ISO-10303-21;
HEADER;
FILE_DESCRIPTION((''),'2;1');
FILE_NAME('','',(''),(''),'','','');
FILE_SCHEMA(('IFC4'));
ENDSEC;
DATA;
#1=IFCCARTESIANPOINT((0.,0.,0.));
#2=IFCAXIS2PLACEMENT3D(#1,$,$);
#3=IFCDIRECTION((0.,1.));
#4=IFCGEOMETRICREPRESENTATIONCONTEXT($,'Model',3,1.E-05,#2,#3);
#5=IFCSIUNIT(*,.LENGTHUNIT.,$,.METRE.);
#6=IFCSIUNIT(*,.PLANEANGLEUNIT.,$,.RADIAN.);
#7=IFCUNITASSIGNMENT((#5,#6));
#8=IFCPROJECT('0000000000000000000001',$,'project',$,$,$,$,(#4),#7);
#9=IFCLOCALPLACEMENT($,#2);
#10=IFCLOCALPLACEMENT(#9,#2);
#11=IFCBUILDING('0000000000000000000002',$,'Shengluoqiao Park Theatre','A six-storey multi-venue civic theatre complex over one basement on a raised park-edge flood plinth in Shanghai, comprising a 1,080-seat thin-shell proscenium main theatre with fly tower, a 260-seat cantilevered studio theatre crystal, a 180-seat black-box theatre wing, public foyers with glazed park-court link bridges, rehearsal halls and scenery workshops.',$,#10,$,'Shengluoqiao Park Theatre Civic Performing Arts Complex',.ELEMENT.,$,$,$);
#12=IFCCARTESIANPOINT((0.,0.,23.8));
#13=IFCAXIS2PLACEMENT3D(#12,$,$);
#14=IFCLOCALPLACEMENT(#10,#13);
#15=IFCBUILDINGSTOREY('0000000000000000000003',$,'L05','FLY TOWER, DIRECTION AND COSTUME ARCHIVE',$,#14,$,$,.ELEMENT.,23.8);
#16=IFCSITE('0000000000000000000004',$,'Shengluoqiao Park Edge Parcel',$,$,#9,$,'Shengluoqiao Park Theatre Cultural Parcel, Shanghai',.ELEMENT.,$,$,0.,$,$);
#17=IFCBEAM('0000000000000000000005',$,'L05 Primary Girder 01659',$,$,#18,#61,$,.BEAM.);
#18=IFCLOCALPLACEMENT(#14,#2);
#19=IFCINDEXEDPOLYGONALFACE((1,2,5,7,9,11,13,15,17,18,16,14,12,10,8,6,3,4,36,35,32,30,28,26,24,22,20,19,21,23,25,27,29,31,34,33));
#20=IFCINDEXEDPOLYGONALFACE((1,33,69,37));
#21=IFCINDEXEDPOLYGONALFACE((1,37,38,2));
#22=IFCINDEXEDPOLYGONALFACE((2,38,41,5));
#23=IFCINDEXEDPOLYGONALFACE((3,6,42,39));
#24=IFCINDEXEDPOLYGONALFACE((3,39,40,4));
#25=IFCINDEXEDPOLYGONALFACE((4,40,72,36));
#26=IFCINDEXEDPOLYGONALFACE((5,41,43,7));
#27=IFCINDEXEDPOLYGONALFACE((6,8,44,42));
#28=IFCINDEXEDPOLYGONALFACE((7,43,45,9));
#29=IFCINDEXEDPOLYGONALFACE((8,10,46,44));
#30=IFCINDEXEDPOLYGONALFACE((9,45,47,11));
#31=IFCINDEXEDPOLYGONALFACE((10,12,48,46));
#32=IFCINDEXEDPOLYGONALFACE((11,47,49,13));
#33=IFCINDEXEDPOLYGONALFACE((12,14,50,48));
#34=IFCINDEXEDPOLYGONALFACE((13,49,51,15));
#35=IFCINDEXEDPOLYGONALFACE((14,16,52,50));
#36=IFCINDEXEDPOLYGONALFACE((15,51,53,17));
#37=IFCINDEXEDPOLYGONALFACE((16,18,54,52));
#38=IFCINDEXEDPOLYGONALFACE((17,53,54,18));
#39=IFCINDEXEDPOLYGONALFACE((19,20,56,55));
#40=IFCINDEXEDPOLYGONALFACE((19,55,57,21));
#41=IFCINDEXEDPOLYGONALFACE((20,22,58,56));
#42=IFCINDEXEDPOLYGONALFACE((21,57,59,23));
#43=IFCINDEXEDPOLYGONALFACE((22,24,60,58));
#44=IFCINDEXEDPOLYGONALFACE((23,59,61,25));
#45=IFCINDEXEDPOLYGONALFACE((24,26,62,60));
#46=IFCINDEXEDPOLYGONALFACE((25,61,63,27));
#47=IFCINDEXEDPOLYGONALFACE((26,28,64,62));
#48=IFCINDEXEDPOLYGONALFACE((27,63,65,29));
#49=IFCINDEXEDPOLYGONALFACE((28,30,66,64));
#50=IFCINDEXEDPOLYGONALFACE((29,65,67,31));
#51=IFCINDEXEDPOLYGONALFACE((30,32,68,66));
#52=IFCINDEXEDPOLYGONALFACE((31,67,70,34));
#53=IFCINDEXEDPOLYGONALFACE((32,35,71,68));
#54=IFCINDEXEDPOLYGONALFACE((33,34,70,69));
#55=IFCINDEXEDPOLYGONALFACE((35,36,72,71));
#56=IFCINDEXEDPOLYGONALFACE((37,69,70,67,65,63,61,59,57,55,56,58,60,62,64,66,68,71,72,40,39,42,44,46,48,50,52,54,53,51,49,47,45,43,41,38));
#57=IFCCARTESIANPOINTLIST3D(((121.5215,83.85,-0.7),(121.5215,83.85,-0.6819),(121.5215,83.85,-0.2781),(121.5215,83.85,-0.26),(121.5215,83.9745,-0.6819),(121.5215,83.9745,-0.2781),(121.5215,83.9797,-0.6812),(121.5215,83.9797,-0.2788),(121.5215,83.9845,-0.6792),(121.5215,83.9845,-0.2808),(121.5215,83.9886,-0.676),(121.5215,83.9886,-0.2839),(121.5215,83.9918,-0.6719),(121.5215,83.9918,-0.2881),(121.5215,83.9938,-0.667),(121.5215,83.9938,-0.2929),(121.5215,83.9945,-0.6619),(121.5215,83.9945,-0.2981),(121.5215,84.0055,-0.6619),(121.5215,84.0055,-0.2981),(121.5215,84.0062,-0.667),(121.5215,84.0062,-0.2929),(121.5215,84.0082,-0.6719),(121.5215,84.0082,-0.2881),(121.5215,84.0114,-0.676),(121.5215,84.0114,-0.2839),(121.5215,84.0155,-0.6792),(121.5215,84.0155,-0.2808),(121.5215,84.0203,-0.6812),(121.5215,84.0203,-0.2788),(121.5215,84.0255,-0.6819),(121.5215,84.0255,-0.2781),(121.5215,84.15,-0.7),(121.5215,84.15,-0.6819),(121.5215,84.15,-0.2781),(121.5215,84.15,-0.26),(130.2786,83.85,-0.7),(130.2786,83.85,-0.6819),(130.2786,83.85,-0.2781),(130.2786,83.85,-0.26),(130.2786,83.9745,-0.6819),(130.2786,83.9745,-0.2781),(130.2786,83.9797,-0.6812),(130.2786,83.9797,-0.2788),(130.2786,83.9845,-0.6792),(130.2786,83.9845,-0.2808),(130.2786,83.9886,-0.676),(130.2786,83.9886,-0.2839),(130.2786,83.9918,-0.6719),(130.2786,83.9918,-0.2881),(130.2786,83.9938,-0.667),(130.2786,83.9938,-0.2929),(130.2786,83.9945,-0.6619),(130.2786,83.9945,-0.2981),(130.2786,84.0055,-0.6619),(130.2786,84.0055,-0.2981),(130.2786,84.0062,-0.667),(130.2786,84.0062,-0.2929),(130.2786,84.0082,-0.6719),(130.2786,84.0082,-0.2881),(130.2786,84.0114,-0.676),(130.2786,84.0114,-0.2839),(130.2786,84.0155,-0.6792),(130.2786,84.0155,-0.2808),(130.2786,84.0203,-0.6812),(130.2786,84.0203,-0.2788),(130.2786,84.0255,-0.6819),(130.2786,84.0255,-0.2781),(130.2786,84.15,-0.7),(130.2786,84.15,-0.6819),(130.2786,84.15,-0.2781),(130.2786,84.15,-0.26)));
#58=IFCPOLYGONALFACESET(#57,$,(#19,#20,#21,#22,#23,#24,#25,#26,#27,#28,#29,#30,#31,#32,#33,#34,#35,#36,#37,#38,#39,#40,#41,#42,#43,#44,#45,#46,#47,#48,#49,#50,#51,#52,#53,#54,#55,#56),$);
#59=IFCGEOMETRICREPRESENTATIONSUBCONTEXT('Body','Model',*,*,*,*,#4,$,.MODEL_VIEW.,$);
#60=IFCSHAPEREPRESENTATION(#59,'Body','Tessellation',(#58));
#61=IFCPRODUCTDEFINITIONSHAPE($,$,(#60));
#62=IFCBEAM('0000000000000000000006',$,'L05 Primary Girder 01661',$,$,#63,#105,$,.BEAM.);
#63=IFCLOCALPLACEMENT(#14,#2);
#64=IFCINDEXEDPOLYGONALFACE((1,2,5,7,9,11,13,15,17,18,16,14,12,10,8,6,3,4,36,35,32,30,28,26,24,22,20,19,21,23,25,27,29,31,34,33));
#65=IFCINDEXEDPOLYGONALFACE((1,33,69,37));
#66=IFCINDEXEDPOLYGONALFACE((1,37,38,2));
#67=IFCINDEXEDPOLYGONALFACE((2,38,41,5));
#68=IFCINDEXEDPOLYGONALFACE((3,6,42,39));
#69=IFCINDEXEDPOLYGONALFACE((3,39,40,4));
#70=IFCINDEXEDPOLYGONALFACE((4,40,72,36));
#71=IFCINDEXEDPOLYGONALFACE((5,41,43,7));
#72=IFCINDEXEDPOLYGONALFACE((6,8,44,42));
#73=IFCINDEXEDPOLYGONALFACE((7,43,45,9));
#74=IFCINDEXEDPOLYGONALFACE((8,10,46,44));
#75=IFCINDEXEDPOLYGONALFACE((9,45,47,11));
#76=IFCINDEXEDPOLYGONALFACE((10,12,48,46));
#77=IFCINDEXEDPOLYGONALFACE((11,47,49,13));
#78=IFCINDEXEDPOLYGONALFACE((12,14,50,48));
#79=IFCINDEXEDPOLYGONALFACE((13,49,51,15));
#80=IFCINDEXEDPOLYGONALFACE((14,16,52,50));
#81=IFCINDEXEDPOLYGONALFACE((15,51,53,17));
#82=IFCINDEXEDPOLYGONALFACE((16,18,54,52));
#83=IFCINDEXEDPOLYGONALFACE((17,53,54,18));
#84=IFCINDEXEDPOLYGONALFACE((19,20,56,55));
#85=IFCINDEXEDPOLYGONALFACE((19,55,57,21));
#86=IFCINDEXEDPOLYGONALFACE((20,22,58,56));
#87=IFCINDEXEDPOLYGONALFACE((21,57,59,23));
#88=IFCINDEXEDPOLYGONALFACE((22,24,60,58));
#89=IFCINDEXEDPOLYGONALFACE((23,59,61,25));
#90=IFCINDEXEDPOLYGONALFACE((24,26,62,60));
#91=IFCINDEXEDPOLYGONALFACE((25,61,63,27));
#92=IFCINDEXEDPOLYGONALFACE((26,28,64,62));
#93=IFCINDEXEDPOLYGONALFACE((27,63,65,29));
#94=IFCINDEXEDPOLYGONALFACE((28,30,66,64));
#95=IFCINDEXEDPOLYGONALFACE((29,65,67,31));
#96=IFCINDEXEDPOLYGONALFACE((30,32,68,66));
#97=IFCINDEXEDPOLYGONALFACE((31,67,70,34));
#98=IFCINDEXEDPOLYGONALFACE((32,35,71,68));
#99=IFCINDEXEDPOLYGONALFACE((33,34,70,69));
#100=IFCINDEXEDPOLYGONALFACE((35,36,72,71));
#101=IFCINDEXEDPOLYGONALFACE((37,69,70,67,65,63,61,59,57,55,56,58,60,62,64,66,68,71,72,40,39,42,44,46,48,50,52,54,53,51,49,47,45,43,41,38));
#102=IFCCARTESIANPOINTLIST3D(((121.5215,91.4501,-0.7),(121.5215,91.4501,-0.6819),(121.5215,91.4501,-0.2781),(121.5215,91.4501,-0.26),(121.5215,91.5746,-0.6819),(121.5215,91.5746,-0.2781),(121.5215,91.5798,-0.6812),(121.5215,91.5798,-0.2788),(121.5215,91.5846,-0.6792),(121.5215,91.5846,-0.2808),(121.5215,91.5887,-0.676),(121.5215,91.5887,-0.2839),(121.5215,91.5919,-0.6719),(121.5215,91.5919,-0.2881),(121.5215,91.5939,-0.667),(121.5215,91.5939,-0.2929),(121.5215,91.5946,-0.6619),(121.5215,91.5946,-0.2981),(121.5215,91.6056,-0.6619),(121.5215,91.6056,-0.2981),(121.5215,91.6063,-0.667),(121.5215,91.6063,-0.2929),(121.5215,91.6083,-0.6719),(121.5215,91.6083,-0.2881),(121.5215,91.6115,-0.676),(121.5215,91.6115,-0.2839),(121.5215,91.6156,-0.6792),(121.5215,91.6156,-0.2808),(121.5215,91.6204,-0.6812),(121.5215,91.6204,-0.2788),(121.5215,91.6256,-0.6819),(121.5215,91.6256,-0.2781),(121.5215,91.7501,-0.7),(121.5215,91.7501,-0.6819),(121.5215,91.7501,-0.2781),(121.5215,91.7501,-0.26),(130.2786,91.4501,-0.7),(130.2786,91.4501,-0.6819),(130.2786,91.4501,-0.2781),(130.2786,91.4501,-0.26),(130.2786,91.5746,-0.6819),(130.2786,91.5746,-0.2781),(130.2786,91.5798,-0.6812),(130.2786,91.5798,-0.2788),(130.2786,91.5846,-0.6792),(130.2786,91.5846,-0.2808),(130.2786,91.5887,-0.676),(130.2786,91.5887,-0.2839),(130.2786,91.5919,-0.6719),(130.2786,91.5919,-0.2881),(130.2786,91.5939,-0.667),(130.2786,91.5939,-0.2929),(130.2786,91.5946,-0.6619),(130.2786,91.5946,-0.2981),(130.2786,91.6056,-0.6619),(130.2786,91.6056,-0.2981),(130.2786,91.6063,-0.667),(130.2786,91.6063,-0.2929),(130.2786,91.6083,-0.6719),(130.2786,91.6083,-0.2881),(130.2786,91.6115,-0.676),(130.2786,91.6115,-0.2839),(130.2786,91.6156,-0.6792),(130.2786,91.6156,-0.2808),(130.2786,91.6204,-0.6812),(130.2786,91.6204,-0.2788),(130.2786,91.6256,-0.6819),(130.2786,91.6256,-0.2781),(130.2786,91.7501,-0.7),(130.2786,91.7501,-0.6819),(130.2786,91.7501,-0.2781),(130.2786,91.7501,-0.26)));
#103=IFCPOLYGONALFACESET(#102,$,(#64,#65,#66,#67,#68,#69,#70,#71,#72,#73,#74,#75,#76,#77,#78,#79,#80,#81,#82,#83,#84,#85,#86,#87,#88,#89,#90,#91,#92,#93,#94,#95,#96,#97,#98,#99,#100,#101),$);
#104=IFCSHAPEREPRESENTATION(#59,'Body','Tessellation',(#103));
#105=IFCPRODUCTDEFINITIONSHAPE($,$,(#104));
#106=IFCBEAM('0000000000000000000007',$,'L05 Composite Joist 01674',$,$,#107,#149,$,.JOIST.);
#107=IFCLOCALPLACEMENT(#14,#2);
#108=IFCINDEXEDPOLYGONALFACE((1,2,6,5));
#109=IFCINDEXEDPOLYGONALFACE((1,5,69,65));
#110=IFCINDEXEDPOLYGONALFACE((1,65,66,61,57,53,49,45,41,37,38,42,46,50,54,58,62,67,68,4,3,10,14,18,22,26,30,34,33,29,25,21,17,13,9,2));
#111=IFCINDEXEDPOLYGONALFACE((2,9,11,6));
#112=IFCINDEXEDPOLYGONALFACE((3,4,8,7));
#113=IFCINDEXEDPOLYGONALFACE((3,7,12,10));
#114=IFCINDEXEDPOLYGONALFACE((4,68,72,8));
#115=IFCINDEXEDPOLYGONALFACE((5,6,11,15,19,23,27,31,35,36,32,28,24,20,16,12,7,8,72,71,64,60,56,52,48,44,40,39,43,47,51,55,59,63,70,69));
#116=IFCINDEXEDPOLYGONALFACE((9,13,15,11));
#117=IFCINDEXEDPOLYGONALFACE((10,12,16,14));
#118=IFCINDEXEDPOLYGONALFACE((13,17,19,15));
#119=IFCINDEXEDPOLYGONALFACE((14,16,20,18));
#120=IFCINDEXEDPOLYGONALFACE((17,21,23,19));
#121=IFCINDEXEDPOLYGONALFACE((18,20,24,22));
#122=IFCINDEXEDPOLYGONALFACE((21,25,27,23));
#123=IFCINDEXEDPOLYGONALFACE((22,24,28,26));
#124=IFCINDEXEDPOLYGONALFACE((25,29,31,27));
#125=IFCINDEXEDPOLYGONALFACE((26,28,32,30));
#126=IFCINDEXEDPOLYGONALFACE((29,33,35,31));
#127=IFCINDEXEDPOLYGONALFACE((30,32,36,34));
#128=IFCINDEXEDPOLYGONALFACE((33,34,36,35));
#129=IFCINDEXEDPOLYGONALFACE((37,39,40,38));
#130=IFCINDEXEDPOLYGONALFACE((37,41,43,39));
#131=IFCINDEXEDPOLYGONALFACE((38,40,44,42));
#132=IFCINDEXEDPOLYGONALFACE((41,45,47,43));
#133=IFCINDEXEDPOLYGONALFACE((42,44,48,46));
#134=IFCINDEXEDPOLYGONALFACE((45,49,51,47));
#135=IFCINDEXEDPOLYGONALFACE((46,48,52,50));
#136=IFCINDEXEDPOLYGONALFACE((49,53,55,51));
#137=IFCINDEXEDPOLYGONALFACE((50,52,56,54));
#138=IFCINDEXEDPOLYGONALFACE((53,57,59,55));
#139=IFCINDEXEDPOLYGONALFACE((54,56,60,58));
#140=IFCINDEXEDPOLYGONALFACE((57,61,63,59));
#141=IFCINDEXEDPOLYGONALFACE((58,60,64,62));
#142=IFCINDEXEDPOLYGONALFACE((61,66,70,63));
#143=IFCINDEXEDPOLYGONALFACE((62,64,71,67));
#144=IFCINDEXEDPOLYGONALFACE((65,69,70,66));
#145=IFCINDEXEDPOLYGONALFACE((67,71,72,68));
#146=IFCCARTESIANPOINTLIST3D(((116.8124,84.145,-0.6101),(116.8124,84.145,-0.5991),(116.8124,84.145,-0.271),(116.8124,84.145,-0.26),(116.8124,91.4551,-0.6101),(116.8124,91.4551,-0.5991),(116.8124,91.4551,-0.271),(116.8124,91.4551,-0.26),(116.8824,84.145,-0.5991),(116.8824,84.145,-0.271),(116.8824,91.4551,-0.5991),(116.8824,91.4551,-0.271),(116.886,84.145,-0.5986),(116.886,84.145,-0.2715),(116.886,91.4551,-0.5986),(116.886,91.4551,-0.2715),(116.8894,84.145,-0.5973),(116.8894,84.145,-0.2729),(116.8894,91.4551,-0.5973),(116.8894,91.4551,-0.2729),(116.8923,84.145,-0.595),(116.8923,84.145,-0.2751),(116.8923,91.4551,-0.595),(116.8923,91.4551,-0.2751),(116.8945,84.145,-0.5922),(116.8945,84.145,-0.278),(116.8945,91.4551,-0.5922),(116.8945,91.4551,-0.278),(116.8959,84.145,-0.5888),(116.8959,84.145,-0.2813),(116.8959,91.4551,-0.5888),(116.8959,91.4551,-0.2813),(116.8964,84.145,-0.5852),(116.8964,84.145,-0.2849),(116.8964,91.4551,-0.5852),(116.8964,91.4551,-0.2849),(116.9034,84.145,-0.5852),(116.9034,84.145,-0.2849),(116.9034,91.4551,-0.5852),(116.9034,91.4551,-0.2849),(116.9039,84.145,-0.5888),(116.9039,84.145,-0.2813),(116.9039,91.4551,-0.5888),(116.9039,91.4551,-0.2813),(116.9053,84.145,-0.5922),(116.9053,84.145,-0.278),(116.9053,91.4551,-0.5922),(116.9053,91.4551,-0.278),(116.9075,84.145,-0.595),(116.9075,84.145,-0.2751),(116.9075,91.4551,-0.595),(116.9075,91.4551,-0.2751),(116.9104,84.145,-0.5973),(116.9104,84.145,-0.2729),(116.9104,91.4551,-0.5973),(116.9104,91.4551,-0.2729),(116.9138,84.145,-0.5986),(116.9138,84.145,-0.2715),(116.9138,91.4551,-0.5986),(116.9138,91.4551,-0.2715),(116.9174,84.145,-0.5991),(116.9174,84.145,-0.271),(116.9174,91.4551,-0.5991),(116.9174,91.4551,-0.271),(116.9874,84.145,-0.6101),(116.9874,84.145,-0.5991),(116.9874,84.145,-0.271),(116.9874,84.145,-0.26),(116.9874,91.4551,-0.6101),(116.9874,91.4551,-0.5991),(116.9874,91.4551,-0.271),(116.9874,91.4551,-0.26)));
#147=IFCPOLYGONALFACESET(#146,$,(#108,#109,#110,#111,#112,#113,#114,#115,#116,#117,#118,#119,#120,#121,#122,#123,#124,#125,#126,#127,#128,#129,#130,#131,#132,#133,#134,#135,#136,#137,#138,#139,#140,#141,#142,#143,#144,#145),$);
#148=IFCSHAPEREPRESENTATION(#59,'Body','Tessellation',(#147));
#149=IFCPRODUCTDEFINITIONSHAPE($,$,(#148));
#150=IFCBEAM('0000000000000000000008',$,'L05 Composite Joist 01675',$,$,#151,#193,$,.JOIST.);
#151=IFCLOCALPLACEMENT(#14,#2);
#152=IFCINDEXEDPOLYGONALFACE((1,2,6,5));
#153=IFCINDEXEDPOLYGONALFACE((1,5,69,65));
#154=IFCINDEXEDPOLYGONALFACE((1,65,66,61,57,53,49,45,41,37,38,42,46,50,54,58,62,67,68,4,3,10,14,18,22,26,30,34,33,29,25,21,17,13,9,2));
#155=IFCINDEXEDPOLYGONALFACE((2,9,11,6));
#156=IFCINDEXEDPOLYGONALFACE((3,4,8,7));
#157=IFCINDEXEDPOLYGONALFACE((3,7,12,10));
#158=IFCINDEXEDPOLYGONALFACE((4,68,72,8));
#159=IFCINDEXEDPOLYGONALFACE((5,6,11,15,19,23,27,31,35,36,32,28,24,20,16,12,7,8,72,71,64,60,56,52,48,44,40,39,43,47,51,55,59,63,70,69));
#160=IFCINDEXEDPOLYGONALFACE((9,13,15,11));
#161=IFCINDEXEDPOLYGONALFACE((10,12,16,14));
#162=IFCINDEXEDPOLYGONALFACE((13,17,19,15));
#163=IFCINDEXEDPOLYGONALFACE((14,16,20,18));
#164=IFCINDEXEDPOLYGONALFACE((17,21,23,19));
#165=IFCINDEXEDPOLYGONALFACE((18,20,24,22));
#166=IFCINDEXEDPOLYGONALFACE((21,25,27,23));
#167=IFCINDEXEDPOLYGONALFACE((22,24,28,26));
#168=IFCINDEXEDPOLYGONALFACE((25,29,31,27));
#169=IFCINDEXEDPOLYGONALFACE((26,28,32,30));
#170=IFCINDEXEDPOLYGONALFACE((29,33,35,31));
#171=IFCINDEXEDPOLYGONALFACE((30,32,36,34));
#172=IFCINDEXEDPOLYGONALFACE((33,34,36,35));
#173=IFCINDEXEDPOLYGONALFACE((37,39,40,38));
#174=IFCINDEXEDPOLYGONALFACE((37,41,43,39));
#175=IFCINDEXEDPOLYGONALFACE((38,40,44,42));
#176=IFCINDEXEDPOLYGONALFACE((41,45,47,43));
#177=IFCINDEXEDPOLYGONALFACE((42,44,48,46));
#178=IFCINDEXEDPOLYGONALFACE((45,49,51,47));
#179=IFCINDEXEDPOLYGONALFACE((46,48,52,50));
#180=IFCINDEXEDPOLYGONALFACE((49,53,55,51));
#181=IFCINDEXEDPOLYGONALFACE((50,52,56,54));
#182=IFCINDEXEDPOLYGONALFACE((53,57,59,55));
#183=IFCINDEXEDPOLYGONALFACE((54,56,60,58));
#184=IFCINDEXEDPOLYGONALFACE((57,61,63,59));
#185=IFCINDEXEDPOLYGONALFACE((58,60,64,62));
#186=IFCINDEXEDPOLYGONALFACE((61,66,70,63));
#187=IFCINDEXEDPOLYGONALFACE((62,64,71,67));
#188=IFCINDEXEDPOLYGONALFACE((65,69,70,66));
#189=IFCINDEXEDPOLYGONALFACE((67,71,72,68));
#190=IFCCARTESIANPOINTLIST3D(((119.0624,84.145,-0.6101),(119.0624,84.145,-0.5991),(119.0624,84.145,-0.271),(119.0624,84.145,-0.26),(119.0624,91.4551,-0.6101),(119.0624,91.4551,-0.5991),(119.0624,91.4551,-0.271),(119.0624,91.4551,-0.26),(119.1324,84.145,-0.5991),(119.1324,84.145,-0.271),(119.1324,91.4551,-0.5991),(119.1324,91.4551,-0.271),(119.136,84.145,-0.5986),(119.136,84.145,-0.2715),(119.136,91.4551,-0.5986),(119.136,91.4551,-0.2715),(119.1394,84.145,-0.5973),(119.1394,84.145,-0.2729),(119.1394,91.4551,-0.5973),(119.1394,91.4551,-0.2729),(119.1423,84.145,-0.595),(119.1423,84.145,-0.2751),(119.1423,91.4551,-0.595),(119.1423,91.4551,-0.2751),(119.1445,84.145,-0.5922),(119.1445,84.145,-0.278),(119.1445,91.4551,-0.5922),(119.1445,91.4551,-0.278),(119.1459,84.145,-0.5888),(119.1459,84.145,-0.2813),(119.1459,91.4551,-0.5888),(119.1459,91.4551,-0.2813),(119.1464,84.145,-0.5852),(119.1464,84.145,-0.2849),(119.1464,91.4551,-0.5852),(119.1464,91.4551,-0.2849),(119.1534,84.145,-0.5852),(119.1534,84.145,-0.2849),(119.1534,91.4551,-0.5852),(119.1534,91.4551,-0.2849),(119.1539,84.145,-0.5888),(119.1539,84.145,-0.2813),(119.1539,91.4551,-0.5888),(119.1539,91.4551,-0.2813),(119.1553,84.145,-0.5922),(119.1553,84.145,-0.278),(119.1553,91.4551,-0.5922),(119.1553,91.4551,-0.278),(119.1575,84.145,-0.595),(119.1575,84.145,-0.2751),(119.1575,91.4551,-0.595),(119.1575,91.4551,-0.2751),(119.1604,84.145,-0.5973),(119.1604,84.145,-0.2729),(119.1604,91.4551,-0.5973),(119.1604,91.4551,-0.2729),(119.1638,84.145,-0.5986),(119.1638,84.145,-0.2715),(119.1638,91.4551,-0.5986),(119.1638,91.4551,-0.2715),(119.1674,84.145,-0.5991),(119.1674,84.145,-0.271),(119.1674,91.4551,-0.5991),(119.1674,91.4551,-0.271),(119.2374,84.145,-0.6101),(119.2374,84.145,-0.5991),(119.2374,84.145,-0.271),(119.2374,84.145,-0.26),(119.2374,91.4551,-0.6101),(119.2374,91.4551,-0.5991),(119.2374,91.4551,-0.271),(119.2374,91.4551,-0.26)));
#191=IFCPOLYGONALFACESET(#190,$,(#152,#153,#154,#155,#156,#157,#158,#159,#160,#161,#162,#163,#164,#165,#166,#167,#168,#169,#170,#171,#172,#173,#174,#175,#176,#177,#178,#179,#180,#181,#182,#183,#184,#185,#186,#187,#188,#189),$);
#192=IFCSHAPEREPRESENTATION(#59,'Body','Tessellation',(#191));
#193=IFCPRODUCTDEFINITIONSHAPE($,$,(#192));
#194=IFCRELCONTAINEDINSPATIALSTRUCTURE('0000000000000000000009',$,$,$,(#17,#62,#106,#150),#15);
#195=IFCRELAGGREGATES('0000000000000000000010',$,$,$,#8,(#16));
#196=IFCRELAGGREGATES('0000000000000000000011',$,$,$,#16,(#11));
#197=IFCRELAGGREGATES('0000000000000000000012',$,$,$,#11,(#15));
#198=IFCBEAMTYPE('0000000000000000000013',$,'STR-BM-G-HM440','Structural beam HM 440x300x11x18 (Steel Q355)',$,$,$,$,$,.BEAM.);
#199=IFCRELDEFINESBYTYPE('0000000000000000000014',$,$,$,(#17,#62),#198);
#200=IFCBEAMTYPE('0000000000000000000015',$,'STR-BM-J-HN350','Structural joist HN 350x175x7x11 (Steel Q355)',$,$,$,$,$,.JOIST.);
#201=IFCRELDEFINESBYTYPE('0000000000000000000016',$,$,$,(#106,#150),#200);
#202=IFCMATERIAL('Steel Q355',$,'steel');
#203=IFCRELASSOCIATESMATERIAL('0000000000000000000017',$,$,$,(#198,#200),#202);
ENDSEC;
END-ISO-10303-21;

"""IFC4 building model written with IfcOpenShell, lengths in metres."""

from ifc_helpers import new_model, si_unit, direction, frame, origin, origin_2d, place, context, subcontext, project, spatial, i_section, extrude, material, material_profile, profile_set, type_object, element, save


model = new_model("IFC4")

# Units and contexts
model_context = context("Model", 3, precision=1e-05, world=origin(), true_north=direction((0.0, 1.0)))
body_context = subcontext(model_context, "Body", "Model", "MODEL_VIEW")
ifc_project = project(units=[si_unit("LENGTHUNIT", "METRE"), si_unit("PLANEANGLEUNIT", "RADIAN")], contexts=[model_context])

# Site, building, storey
site_placement = place(None, origin())
site = spatial("IfcSite", under=ifc_project, at=site_placement, Name="Shengluoqiao Park Edge Parcel", LongName="Shengluoqiao Park Theatre Cultural Parcel, Shanghai", CompositionType="ELEMENT", RefElevation=0.0)
building_placement = place(site_placement, origin())
building = spatial("IfcBuilding", under=site, at=building_placement, Name="Shengluoqiao Park Theatre", Description="A six-storey multi-venue civic theatre complex over one basement on a raised park-edge flood plinth in Shanghai, comprising a 1,080-seat thin-shell proscenium main theatre with fly tower, a 260-seat cantilevered studio theatre crystal, a 180-seat black-box theatre wing, public foyers with glazed park-court link bridges, rehearsal halls and scenery workshops.", LongName="Shengluoqiao Park Theatre Civic Performing Arts Complex", CompositionType="ELEMENT")
storey_placement = place(building_placement, frame((0.0, 0.0, 23.8)))
storey = spatial("IfcBuildingStorey", under=building, at=storey_placement, Name="L05", Description="FLY TOWER, DIRECTION AND COSTUME ARCHIVE", CompositionType="ELEMENT", Elevation=23.8)

# Shared definitions
ifc_material_1 = material(Name="Steel Q355", Category="steel")

# Beams
ifc_material_profile_1 = material_profile(ifc_material_1, i_section(OverallWidth=0.3, OverallDepth=0.4399, WebThickness=0.011, FlangeThickness=0.0181, FilletRadius=0.02, at=origin_2d()), Name="HM 440x300x11x18")
ifc_profile_set_1 = profile_set([ifc_material_profile_1], Name="Steel Q355")
beam_type_1 = type_object("IfcBeamType", Name="STR-BM-G-HM440", Description="Structural beam HM 440x300x11x18 (Steel Q355)", PredefinedType="BEAM", material=ifc_profile_set_1)
for number, where, z_axis, x_axis, name in (
    (1, (121.5215, 84.0, -0.48), (1.0, 0.0, 0.0), (0.0, 1.0, 0.0), "L05 Primary Girder 01659"),
    (2, (121.5215, 91.6001, -0.48), (1.0, 0.0, 0.0), (0.0, 1.0, 0.0), "L05 Primary Girder 01661"),
):
    element("IfcBeam", number, at=place(storey_placement, frame(where, z_axis=z_axis, x_axis=x_axis)), inside=storey, type_object=beam_type_1, Name=name, PredefinedType="BEAM", context=body_context, shape_type="SweptSolid", body=[
        extrude(i_section(OverallWidth=0.3, OverallDepth=0.4399, WebThickness=0.011, FlangeThickness=0.0181, FilletRadius=0.02, at=origin_2d()), origin(), (0.0, 0.0, 1.0), 8.7571),
    ])
ifc_material_profile_2 = material_profile(ifc_material_1, i_section(OverallWidth=0.175, OverallDepth=0.3501, WebThickness=0.0071, FlangeThickness=0.011, FilletRadius=0.0139, at=origin_2d()), Name="HN 350x175x7x11")
ifc_profile_set_2 = profile_set([ifc_material_profile_2], Name="Steel Q355")
beam_type_2 = type_object("IfcBeamType", Name="STR-BM-J-HN350", Description="Structural joist HN 350x175x7x11 (Steel Q355)", PredefinedType="JOIST", material=ifc_profile_set_2)
for number, where, z_axis, x_axis, name in (
    (3, (116.8999, 84.145, -0.4351), (0.0, 1.0, 0.0), (-1.0, 0.0, 0.0), "L05 Composite Joist 01674"),
    (4, (119.1499, 84.145, -0.4351), (0.0, 1.0, 0.0), (-1.0, 0.0, 0.0), "L05 Composite Joist 01675"),
):
    element("IfcBeam", number, at=place(storey_placement, frame(where, z_axis=z_axis, x_axis=x_axis)), inside=storey, type_object=beam_type_2, Name=name, PredefinedType="JOIST", context=body_context, shape_type="SweptSolid", body=[
        extrude(i_section(OverallWidth=0.175, OverallDepth=0.3501, WebThickness=0.0071, FlangeThickness=0.011, FilletRadius=0.0139, at=origin_2d()), origin(), (0.0, 0.0, 1.0), 7.3101),
    ])

save(model, "model.ifc")
